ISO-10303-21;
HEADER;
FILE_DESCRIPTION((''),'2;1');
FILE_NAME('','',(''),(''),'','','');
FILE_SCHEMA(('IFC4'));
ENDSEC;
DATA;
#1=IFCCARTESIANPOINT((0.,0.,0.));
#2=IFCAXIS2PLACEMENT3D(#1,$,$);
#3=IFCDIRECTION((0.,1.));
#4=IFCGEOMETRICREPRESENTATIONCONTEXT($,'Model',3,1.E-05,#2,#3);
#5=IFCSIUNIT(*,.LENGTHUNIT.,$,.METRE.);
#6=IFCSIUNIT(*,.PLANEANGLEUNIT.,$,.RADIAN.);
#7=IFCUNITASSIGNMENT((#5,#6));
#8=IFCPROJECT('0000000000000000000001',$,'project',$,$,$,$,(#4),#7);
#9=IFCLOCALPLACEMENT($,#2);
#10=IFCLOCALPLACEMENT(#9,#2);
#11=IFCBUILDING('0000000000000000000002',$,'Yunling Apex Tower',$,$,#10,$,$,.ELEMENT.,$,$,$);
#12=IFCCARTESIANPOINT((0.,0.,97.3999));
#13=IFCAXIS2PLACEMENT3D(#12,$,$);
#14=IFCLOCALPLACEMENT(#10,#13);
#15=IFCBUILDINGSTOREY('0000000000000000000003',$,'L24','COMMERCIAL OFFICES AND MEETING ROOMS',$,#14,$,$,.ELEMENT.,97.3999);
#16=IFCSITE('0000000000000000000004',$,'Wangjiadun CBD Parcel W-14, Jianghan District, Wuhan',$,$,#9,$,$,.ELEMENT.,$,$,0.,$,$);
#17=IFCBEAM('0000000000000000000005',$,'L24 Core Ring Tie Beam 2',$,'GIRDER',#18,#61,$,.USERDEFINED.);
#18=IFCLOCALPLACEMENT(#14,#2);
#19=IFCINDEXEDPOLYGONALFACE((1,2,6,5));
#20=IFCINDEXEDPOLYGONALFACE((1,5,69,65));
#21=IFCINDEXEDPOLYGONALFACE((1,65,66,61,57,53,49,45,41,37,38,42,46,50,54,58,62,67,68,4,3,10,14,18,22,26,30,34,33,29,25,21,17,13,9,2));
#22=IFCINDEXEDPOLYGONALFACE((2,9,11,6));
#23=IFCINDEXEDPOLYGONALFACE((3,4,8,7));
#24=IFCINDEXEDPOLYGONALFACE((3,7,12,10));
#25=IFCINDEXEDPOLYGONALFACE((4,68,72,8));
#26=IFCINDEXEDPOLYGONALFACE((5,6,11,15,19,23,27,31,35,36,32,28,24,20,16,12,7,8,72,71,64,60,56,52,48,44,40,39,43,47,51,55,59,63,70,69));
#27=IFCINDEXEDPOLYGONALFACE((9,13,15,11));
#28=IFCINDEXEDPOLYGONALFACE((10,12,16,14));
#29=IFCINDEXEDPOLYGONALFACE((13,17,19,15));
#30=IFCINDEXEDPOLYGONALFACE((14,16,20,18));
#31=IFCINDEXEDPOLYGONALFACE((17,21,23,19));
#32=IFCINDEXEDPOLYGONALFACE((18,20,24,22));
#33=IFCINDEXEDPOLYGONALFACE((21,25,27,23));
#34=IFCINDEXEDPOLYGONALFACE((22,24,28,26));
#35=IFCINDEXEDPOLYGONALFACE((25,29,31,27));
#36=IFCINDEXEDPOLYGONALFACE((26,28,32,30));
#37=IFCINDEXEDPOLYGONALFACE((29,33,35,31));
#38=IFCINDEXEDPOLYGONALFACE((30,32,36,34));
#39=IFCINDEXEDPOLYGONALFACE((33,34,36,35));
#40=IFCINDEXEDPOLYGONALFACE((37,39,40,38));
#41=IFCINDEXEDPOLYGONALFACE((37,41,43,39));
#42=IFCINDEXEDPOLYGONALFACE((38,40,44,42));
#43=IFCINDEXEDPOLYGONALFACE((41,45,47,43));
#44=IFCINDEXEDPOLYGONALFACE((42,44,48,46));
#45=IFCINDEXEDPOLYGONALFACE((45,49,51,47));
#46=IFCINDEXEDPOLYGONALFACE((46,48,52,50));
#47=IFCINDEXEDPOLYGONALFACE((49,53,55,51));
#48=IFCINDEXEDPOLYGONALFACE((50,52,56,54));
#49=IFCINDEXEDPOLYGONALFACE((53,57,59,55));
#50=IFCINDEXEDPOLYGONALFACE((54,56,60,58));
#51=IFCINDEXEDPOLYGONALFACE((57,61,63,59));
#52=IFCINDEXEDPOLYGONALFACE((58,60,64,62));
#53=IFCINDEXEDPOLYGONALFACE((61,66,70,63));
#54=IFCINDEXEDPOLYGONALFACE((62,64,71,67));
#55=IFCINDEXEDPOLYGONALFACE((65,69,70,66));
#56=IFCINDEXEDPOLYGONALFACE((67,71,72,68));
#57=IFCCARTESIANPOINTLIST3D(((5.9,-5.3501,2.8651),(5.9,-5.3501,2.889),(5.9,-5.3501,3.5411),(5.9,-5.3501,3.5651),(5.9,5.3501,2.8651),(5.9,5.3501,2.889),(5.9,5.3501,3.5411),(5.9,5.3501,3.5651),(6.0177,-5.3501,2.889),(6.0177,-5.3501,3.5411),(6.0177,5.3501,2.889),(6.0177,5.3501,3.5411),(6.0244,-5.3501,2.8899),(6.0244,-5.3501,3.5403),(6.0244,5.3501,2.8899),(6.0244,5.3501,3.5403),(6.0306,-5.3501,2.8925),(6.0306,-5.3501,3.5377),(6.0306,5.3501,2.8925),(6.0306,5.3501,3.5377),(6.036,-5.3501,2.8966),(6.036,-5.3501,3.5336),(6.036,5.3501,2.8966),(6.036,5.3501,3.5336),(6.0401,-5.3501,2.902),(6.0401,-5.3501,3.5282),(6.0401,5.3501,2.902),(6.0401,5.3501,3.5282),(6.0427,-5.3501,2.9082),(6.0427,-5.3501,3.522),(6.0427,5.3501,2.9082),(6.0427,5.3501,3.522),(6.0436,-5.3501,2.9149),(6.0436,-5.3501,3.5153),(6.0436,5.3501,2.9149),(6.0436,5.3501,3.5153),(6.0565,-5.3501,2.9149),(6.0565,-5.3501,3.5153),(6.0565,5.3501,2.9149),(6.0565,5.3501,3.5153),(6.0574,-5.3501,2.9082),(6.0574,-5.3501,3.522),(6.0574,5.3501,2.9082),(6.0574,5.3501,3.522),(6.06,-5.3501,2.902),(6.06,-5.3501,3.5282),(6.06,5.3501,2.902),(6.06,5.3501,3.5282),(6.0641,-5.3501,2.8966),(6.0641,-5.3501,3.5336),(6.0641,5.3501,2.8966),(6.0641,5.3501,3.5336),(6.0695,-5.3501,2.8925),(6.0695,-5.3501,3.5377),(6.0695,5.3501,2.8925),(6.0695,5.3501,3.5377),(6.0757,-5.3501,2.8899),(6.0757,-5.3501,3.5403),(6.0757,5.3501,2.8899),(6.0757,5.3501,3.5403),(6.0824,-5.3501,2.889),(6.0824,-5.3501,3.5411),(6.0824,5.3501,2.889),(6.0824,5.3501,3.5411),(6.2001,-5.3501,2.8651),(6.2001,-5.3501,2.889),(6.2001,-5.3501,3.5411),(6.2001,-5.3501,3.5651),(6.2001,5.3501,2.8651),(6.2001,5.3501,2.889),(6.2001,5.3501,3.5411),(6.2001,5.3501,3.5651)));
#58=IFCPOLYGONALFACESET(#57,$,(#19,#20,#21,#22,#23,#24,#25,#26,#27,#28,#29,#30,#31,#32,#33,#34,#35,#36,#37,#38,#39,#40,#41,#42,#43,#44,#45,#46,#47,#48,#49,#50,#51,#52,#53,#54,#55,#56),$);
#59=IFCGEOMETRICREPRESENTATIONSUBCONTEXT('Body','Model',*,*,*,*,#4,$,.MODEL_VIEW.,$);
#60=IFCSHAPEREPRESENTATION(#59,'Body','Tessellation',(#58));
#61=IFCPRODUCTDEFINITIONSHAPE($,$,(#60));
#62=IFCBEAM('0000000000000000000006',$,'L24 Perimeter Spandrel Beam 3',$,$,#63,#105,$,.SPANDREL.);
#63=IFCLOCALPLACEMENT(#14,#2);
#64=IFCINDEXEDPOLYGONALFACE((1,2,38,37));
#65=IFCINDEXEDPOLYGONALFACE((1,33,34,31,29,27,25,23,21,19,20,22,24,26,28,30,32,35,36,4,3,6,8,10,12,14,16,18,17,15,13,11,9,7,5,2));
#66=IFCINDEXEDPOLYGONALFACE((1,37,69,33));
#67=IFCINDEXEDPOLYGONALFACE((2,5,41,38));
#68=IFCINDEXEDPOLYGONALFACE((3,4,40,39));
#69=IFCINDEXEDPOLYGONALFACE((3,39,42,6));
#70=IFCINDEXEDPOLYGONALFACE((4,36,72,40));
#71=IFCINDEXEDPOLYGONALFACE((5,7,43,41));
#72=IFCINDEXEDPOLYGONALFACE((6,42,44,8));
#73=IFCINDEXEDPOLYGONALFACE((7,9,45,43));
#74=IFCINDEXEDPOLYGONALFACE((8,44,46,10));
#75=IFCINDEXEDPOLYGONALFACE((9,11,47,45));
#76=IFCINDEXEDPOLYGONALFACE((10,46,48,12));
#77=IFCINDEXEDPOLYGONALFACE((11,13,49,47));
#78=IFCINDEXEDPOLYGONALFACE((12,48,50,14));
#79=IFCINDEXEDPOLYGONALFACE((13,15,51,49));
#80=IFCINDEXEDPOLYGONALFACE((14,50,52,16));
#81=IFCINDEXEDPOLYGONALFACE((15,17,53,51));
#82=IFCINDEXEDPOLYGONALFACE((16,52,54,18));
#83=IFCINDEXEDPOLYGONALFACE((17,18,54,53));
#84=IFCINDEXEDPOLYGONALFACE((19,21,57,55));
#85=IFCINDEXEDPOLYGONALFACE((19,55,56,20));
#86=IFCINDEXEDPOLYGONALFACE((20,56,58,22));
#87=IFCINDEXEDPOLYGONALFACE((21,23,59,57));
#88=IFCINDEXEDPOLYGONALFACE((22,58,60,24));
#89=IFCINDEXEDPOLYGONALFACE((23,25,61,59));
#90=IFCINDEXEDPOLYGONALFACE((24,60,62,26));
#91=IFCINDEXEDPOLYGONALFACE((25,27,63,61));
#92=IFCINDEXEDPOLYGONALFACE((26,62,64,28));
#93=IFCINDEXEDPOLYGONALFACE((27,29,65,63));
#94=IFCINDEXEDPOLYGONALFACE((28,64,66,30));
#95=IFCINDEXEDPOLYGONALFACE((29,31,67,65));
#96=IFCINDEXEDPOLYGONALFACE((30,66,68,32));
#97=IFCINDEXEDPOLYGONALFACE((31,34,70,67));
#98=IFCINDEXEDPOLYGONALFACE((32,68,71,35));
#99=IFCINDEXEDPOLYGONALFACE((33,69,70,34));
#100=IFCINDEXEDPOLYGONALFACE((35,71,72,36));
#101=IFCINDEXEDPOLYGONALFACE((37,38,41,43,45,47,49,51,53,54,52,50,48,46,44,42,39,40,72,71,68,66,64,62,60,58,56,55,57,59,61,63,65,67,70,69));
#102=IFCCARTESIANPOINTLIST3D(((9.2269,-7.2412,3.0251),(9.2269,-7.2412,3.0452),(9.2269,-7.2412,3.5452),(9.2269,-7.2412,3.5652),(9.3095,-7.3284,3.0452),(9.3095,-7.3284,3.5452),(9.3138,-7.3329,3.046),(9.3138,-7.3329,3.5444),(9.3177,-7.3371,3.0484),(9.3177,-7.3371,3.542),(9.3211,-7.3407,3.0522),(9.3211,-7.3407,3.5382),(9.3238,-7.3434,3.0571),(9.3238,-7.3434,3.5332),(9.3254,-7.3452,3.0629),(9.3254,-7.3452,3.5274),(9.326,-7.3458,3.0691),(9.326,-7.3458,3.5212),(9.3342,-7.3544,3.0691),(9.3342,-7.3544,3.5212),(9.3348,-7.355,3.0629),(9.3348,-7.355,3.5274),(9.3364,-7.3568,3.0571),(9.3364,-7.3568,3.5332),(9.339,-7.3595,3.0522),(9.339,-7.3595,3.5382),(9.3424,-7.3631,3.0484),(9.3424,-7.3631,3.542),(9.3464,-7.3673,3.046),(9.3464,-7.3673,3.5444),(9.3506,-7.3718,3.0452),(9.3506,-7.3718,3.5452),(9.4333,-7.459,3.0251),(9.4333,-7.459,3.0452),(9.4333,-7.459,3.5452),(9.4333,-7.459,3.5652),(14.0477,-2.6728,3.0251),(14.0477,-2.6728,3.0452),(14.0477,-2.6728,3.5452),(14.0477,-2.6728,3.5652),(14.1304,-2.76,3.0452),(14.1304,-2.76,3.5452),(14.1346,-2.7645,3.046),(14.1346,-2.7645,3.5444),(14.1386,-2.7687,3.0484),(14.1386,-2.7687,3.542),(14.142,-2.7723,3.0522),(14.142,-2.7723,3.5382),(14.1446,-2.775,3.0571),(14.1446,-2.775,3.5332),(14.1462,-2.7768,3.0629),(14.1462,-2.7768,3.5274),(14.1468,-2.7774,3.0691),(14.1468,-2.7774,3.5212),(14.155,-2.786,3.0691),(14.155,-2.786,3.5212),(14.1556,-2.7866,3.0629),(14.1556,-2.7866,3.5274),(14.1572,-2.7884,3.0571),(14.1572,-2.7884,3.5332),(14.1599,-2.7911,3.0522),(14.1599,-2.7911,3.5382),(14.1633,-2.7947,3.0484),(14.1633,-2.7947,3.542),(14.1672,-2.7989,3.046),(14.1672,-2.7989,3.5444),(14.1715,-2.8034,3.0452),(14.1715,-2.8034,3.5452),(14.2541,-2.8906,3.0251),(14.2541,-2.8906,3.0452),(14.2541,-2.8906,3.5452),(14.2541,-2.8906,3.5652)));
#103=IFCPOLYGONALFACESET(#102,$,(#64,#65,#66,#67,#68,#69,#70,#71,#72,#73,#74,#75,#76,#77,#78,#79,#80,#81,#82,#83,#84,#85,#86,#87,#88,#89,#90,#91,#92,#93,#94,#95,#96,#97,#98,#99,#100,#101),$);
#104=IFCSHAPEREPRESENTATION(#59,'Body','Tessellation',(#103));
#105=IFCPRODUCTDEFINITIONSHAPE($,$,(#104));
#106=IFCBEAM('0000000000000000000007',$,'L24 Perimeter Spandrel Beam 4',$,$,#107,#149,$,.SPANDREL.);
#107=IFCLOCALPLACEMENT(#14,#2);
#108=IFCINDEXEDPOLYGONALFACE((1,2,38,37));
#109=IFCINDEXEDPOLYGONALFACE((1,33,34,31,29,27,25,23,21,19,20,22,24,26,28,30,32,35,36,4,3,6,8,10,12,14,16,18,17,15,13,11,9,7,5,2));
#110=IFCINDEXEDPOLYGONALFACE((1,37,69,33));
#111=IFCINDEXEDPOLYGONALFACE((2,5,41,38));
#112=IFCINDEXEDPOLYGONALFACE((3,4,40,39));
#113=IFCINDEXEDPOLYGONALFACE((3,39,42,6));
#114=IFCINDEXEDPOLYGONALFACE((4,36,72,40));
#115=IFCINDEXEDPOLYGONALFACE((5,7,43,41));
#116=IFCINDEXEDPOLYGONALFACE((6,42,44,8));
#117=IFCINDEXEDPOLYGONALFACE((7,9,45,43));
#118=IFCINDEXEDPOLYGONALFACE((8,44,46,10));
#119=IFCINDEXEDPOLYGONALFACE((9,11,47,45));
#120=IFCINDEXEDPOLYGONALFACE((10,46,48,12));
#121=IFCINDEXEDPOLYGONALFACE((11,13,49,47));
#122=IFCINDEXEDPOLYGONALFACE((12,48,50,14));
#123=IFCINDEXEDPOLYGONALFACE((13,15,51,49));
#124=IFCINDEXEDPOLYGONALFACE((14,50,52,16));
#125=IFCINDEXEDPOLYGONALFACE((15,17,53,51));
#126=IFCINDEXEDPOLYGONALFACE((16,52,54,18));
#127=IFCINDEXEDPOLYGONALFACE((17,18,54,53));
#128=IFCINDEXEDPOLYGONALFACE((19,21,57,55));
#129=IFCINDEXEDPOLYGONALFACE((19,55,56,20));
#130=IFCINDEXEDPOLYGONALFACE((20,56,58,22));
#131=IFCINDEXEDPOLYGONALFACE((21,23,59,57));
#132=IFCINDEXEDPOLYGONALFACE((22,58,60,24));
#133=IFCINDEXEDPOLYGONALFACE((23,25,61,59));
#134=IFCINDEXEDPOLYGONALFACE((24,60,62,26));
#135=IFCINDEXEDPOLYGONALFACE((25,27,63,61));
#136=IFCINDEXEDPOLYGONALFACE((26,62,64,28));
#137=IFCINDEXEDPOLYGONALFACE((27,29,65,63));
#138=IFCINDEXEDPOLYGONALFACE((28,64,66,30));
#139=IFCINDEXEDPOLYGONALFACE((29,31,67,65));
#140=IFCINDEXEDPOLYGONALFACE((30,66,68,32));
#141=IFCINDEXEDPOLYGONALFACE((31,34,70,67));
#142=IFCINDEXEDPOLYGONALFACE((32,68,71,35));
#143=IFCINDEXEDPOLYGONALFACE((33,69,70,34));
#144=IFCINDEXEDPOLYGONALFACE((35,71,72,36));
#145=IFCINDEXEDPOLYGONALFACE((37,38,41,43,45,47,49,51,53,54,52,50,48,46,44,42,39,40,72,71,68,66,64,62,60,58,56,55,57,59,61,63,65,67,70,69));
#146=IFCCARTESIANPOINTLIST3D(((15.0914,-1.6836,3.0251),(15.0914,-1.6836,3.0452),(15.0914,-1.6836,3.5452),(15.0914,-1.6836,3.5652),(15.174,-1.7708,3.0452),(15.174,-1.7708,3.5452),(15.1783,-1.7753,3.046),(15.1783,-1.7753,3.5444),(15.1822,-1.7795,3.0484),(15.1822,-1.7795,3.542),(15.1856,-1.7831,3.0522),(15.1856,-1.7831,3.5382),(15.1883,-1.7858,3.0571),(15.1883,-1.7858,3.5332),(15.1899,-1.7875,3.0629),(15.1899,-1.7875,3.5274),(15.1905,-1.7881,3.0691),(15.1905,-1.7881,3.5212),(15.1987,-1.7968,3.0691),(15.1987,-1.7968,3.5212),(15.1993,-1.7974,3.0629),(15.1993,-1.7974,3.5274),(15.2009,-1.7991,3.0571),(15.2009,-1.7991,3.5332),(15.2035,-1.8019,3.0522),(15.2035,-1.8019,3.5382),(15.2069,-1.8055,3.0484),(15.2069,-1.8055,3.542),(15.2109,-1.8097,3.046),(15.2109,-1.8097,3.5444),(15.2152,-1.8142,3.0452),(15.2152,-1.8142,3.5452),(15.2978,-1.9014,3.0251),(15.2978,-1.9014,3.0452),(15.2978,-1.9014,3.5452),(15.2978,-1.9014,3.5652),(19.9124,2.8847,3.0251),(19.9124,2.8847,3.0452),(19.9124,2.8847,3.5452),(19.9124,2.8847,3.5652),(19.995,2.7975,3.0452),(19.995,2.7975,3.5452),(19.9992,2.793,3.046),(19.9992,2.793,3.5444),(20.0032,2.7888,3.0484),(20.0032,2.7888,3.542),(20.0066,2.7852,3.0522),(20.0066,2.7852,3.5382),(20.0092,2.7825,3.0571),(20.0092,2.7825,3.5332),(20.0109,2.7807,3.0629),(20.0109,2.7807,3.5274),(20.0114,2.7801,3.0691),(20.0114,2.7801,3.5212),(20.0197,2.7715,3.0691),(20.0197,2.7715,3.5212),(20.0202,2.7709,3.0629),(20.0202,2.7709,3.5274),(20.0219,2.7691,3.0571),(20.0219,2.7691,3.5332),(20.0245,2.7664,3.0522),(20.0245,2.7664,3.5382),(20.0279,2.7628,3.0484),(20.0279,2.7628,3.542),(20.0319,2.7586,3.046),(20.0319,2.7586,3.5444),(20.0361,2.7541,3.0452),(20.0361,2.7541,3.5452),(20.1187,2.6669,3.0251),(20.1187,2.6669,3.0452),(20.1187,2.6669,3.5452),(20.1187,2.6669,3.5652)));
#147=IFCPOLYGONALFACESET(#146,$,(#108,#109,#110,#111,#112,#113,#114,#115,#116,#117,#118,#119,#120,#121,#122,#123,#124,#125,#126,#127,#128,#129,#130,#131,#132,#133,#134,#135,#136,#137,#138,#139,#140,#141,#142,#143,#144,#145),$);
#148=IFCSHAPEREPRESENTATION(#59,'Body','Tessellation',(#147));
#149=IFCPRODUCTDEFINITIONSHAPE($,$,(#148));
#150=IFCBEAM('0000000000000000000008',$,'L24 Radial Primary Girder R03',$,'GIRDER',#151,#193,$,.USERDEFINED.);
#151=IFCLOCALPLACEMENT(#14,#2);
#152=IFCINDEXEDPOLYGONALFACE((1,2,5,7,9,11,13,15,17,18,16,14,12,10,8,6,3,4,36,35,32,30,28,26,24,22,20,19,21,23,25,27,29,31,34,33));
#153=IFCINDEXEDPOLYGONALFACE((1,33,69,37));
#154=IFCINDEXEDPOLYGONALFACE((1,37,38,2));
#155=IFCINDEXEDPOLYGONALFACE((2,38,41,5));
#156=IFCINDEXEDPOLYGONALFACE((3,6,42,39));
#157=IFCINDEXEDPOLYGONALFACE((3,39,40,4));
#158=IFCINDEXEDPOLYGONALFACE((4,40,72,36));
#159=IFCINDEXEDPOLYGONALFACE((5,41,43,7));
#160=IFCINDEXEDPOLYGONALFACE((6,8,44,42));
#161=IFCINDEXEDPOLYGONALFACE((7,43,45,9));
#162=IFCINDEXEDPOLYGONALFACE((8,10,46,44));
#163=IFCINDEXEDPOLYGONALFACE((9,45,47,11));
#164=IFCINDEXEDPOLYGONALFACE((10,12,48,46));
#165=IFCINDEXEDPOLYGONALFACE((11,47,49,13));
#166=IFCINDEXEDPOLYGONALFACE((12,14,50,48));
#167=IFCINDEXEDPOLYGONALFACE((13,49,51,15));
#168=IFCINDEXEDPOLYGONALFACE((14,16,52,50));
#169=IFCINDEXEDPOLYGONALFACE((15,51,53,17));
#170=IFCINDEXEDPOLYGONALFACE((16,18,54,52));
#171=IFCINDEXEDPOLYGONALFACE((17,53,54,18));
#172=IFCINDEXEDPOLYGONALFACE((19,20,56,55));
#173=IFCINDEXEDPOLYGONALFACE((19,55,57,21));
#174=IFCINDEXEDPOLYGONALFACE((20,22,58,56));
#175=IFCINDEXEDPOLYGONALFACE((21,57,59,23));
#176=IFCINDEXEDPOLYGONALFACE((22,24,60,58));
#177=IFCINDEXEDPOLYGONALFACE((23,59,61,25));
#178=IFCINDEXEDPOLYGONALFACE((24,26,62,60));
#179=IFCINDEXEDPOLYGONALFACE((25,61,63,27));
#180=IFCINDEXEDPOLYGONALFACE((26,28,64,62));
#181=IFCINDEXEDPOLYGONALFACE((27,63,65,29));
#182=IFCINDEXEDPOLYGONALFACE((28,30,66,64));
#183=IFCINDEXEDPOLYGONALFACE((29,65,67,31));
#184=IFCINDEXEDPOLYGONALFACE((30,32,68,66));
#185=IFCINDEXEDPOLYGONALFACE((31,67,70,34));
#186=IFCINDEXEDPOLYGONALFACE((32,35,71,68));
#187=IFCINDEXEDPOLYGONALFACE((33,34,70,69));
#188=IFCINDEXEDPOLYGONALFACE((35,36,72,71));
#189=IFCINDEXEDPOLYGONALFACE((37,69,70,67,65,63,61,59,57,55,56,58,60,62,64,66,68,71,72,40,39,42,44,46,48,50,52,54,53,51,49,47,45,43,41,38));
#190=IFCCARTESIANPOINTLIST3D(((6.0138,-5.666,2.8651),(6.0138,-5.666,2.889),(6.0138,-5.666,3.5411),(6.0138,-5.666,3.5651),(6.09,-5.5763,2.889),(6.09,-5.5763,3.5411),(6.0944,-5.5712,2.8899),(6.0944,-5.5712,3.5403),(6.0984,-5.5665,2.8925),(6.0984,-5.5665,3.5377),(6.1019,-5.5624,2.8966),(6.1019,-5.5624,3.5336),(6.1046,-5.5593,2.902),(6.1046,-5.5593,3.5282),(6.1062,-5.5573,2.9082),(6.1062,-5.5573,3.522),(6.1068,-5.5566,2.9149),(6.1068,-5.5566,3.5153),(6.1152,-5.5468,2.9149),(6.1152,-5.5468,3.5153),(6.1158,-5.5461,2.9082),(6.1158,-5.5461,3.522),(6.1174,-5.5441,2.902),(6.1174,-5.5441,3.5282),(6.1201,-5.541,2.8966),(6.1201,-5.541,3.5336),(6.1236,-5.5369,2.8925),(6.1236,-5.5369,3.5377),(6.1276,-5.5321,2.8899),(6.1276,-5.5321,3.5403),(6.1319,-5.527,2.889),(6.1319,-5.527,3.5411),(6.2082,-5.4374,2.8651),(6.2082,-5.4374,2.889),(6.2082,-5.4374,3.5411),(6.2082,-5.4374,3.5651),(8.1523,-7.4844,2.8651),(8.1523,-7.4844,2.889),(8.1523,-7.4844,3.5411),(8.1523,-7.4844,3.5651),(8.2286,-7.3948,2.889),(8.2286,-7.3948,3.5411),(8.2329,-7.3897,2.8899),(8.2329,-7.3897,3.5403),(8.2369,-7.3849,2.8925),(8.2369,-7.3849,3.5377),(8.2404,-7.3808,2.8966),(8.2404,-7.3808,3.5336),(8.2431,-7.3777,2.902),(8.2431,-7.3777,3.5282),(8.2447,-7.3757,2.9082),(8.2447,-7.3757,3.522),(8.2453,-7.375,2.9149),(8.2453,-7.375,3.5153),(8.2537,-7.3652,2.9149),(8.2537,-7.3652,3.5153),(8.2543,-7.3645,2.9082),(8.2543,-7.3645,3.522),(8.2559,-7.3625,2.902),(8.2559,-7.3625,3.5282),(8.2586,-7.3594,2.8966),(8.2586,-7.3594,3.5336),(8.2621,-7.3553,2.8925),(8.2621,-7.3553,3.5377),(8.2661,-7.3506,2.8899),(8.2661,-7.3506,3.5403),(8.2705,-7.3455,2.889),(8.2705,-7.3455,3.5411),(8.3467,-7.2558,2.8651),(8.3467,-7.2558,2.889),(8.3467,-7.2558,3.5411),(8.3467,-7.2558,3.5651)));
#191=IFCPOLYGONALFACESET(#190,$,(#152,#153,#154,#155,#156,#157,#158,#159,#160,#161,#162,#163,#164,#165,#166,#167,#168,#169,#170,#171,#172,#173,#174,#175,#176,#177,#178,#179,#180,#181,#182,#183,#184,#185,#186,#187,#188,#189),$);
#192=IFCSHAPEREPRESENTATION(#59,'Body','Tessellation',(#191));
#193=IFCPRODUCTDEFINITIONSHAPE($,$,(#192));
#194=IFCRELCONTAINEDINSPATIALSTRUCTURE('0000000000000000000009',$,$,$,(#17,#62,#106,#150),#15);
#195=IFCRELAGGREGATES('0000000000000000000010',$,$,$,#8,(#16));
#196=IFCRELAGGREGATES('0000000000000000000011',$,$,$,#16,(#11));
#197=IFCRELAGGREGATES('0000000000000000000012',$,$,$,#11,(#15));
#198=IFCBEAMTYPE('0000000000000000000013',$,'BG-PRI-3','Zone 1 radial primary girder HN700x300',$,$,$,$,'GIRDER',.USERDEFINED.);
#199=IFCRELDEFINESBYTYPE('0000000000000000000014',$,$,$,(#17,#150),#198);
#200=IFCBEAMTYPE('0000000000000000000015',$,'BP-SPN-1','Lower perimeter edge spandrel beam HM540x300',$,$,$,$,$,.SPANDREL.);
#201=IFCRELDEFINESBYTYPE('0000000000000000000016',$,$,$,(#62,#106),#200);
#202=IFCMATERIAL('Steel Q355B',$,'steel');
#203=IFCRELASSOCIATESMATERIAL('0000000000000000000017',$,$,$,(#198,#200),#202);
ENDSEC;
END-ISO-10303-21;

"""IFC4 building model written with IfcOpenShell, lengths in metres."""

from ifc_helpers import new_model, si_unit, direction, frame, origin, origin_2d, place, context, subcontext, project, spatial, i_section, extrude, source, transform, mapped, material, material_profile, profile_set, type_object, element, save


model = new_model("IFC4")

# Units and contexts
model_context = context("Model", 3, precision=1e-05, world=origin(), true_north=direction((0.0, 1.0)))
body_context = subcontext(model_context, "Body", "Model", "MODEL_VIEW")
ifc_project = project(units=[si_unit("LENGTHUNIT", "METRE"), si_unit("PLANEANGLEUNIT", "RADIAN")], contexts=[model_context])

# Site, building, storey
site_placement = place(None, origin())
site = spatial("IfcSite", under=ifc_project, at=site_placement, Name="Wangjiadun CBD Parcel W-14, Jianghan District, Wuhan", CompositionType="ELEMENT", RefElevation=0.0)
building_placement = place(site_placement, origin())
building = spatial("IfcBuilding", under=site, at=building_placement, Name="Yunling Apex Tower", CompositionType="ELEMENT")
storey_placement = place(building_placement, frame((0.0, 0.0, 97.3999)))
storey = spatial("IfcBuildingStorey", under=building, at=storey_placement, Name="L24", Description="COMMERCIAL OFFICES AND MEETING ROOMS", CompositionType="ELEMENT", Elevation=97.3999)

# Beams
ifc_material_1 = material(Name="Steel Q355B", Category="steel")
ifc_material_profile_1 = material_profile(ifc_material_1, i_section(OverallWidth=0.3, OverallDepth=0.7, WebThickness=0.0129, FlangeThickness=0.0239, FilletRadius=0.0259, at=origin_2d()))
ifc_profile_set_1 = profile_set([ifc_material_profile_1], Name="Steel Q355B")
beam_type_1 = type_object("IfcBeamType", Name="BG-PRI-3", Description="Zone 1 radial primary girder HN700x300", ElementType="GIRDER", PredefinedType="USERDEFINED", material=ifc_profile_set_1)
shared_shape_1 = source(origin(), body_context, "Body", "SweptSolid", [
    extrude(i_section(OverallWidth=0.3, OverallDepth=0.7, WebThickness=0.0129, FlangeThickness=0.0239, FilletRadius=0.0259, at=origin_2d()), origin(), (0.0, 0.0, 1.0), 10.7002),
])
beam_1_placement = place(storey_placement, frame((6.05, -5.3501, 3.2151), z_axis=(0.0, 1.0, 0.0), x_axis=(-1.0, 0.0, 0.0)))
element("IfcBeam", 1, at=beam_1_placement, inside=storey, type_object=beam_type_1, Name="L24 Core Ring Tie Beam 2", ObjectType="GIRDER", PredefinedType="USERDEFINED", context=body_context, shape_type="MappedRepresentation", body=[
    mapped(shared_shape_1, transform((0.0, 0.0, 0.0), scale=1.0)),
])
ifc_material_profile_2 = material_profile(ifc_material_1, i_section(OverallWidth=0.3, OverallDepth=0.54, WebThickness=0.012, FlangeThickness=0.02, FilletRadius=0.0239, at=origin_2d()))
ifc_profile_set_2 = profile_set([ifc_material_profile_2], Name="Steel Q355B")
beam_type_2 = type_object("IfcBeamType", Name="BP-SPN-1", Description="Lower perimeter edge spandrel beam HM540x300", PredefinedType="SPANDREL", material=ifc_profile_set_2)
shared_shape_2 = source(origin(), body_context, "Body", "SweptSolid", [
    extrude(i_section(OverallWidth=0.3, OverallDepth=0.54, WebThickness=0.012, FlangeThickness=0.02, FilletRadius=0.0239, at=origin_2d()), origin(), (0.0, 0.0, 1.0), 6.6416),
])
for number, where, z_axis, x_axis, name in (
    (2, (9.3301, -7.3501, 3.2952), (0.725856, 0.687847, 0.0), (-0.687847, 0.725856, 0.0), "L24 Perimeter Spandrel Beam 3"),
    (3, (15.1946, -1.7925, 3.2952), (0.725873, 0.687828, 0.0), (-0.687828, 0.725873, 0.0), "L24 Perimeter Spandrel Beam 4"),
):
    element("IfcBeam", number, at=place(storey_placement, frame(where, z_axis=z_axis, x_axis=x_axis)), inside=storey, type_object=beam_type_2, Name=name, PredefinedType="SPANDREL", context=body_context, shape_type="MappedRepresentation", body=[
        mapped(shared_shape_2, transform((0.0, 0.0, 0.0), scale=1.0)),
    ])
shared_shape_3 = source(origin(), body_context, "Body", "SweptSolid", [
    extrude(i_section(OverallWidth=0.3, OverallDepth=0.7, WebThickness=0.0129, FlangeThickness=0.0239, FilletRadius=0.0259, at=origin_2d()), origin(), (0.0, 0.0, 1.0), 2.8071),
])
beam_2_placement = place(storey_placement, frame((8.2495, -7.3701, 3.2151), z_axis=(-0.761817, 0.647792, 0.0), x_axis=(-0.647792, -0.761817, 0.0)))
element("IfcBeam", 4, at=beam_2_placement, inside=storey, type_object=beam_type_1, Name="L24 Radial Primary Girder R03", ObjectType="GIRDER", PredefinedType="USERDEFINED", context=body_context, shape_type="MappedRepresentation", body=[
    mapped(shared_shape_3, transform((0.0, 0.0, 0.0), scale=1.0)),
])

save(model, "model.ifc")
